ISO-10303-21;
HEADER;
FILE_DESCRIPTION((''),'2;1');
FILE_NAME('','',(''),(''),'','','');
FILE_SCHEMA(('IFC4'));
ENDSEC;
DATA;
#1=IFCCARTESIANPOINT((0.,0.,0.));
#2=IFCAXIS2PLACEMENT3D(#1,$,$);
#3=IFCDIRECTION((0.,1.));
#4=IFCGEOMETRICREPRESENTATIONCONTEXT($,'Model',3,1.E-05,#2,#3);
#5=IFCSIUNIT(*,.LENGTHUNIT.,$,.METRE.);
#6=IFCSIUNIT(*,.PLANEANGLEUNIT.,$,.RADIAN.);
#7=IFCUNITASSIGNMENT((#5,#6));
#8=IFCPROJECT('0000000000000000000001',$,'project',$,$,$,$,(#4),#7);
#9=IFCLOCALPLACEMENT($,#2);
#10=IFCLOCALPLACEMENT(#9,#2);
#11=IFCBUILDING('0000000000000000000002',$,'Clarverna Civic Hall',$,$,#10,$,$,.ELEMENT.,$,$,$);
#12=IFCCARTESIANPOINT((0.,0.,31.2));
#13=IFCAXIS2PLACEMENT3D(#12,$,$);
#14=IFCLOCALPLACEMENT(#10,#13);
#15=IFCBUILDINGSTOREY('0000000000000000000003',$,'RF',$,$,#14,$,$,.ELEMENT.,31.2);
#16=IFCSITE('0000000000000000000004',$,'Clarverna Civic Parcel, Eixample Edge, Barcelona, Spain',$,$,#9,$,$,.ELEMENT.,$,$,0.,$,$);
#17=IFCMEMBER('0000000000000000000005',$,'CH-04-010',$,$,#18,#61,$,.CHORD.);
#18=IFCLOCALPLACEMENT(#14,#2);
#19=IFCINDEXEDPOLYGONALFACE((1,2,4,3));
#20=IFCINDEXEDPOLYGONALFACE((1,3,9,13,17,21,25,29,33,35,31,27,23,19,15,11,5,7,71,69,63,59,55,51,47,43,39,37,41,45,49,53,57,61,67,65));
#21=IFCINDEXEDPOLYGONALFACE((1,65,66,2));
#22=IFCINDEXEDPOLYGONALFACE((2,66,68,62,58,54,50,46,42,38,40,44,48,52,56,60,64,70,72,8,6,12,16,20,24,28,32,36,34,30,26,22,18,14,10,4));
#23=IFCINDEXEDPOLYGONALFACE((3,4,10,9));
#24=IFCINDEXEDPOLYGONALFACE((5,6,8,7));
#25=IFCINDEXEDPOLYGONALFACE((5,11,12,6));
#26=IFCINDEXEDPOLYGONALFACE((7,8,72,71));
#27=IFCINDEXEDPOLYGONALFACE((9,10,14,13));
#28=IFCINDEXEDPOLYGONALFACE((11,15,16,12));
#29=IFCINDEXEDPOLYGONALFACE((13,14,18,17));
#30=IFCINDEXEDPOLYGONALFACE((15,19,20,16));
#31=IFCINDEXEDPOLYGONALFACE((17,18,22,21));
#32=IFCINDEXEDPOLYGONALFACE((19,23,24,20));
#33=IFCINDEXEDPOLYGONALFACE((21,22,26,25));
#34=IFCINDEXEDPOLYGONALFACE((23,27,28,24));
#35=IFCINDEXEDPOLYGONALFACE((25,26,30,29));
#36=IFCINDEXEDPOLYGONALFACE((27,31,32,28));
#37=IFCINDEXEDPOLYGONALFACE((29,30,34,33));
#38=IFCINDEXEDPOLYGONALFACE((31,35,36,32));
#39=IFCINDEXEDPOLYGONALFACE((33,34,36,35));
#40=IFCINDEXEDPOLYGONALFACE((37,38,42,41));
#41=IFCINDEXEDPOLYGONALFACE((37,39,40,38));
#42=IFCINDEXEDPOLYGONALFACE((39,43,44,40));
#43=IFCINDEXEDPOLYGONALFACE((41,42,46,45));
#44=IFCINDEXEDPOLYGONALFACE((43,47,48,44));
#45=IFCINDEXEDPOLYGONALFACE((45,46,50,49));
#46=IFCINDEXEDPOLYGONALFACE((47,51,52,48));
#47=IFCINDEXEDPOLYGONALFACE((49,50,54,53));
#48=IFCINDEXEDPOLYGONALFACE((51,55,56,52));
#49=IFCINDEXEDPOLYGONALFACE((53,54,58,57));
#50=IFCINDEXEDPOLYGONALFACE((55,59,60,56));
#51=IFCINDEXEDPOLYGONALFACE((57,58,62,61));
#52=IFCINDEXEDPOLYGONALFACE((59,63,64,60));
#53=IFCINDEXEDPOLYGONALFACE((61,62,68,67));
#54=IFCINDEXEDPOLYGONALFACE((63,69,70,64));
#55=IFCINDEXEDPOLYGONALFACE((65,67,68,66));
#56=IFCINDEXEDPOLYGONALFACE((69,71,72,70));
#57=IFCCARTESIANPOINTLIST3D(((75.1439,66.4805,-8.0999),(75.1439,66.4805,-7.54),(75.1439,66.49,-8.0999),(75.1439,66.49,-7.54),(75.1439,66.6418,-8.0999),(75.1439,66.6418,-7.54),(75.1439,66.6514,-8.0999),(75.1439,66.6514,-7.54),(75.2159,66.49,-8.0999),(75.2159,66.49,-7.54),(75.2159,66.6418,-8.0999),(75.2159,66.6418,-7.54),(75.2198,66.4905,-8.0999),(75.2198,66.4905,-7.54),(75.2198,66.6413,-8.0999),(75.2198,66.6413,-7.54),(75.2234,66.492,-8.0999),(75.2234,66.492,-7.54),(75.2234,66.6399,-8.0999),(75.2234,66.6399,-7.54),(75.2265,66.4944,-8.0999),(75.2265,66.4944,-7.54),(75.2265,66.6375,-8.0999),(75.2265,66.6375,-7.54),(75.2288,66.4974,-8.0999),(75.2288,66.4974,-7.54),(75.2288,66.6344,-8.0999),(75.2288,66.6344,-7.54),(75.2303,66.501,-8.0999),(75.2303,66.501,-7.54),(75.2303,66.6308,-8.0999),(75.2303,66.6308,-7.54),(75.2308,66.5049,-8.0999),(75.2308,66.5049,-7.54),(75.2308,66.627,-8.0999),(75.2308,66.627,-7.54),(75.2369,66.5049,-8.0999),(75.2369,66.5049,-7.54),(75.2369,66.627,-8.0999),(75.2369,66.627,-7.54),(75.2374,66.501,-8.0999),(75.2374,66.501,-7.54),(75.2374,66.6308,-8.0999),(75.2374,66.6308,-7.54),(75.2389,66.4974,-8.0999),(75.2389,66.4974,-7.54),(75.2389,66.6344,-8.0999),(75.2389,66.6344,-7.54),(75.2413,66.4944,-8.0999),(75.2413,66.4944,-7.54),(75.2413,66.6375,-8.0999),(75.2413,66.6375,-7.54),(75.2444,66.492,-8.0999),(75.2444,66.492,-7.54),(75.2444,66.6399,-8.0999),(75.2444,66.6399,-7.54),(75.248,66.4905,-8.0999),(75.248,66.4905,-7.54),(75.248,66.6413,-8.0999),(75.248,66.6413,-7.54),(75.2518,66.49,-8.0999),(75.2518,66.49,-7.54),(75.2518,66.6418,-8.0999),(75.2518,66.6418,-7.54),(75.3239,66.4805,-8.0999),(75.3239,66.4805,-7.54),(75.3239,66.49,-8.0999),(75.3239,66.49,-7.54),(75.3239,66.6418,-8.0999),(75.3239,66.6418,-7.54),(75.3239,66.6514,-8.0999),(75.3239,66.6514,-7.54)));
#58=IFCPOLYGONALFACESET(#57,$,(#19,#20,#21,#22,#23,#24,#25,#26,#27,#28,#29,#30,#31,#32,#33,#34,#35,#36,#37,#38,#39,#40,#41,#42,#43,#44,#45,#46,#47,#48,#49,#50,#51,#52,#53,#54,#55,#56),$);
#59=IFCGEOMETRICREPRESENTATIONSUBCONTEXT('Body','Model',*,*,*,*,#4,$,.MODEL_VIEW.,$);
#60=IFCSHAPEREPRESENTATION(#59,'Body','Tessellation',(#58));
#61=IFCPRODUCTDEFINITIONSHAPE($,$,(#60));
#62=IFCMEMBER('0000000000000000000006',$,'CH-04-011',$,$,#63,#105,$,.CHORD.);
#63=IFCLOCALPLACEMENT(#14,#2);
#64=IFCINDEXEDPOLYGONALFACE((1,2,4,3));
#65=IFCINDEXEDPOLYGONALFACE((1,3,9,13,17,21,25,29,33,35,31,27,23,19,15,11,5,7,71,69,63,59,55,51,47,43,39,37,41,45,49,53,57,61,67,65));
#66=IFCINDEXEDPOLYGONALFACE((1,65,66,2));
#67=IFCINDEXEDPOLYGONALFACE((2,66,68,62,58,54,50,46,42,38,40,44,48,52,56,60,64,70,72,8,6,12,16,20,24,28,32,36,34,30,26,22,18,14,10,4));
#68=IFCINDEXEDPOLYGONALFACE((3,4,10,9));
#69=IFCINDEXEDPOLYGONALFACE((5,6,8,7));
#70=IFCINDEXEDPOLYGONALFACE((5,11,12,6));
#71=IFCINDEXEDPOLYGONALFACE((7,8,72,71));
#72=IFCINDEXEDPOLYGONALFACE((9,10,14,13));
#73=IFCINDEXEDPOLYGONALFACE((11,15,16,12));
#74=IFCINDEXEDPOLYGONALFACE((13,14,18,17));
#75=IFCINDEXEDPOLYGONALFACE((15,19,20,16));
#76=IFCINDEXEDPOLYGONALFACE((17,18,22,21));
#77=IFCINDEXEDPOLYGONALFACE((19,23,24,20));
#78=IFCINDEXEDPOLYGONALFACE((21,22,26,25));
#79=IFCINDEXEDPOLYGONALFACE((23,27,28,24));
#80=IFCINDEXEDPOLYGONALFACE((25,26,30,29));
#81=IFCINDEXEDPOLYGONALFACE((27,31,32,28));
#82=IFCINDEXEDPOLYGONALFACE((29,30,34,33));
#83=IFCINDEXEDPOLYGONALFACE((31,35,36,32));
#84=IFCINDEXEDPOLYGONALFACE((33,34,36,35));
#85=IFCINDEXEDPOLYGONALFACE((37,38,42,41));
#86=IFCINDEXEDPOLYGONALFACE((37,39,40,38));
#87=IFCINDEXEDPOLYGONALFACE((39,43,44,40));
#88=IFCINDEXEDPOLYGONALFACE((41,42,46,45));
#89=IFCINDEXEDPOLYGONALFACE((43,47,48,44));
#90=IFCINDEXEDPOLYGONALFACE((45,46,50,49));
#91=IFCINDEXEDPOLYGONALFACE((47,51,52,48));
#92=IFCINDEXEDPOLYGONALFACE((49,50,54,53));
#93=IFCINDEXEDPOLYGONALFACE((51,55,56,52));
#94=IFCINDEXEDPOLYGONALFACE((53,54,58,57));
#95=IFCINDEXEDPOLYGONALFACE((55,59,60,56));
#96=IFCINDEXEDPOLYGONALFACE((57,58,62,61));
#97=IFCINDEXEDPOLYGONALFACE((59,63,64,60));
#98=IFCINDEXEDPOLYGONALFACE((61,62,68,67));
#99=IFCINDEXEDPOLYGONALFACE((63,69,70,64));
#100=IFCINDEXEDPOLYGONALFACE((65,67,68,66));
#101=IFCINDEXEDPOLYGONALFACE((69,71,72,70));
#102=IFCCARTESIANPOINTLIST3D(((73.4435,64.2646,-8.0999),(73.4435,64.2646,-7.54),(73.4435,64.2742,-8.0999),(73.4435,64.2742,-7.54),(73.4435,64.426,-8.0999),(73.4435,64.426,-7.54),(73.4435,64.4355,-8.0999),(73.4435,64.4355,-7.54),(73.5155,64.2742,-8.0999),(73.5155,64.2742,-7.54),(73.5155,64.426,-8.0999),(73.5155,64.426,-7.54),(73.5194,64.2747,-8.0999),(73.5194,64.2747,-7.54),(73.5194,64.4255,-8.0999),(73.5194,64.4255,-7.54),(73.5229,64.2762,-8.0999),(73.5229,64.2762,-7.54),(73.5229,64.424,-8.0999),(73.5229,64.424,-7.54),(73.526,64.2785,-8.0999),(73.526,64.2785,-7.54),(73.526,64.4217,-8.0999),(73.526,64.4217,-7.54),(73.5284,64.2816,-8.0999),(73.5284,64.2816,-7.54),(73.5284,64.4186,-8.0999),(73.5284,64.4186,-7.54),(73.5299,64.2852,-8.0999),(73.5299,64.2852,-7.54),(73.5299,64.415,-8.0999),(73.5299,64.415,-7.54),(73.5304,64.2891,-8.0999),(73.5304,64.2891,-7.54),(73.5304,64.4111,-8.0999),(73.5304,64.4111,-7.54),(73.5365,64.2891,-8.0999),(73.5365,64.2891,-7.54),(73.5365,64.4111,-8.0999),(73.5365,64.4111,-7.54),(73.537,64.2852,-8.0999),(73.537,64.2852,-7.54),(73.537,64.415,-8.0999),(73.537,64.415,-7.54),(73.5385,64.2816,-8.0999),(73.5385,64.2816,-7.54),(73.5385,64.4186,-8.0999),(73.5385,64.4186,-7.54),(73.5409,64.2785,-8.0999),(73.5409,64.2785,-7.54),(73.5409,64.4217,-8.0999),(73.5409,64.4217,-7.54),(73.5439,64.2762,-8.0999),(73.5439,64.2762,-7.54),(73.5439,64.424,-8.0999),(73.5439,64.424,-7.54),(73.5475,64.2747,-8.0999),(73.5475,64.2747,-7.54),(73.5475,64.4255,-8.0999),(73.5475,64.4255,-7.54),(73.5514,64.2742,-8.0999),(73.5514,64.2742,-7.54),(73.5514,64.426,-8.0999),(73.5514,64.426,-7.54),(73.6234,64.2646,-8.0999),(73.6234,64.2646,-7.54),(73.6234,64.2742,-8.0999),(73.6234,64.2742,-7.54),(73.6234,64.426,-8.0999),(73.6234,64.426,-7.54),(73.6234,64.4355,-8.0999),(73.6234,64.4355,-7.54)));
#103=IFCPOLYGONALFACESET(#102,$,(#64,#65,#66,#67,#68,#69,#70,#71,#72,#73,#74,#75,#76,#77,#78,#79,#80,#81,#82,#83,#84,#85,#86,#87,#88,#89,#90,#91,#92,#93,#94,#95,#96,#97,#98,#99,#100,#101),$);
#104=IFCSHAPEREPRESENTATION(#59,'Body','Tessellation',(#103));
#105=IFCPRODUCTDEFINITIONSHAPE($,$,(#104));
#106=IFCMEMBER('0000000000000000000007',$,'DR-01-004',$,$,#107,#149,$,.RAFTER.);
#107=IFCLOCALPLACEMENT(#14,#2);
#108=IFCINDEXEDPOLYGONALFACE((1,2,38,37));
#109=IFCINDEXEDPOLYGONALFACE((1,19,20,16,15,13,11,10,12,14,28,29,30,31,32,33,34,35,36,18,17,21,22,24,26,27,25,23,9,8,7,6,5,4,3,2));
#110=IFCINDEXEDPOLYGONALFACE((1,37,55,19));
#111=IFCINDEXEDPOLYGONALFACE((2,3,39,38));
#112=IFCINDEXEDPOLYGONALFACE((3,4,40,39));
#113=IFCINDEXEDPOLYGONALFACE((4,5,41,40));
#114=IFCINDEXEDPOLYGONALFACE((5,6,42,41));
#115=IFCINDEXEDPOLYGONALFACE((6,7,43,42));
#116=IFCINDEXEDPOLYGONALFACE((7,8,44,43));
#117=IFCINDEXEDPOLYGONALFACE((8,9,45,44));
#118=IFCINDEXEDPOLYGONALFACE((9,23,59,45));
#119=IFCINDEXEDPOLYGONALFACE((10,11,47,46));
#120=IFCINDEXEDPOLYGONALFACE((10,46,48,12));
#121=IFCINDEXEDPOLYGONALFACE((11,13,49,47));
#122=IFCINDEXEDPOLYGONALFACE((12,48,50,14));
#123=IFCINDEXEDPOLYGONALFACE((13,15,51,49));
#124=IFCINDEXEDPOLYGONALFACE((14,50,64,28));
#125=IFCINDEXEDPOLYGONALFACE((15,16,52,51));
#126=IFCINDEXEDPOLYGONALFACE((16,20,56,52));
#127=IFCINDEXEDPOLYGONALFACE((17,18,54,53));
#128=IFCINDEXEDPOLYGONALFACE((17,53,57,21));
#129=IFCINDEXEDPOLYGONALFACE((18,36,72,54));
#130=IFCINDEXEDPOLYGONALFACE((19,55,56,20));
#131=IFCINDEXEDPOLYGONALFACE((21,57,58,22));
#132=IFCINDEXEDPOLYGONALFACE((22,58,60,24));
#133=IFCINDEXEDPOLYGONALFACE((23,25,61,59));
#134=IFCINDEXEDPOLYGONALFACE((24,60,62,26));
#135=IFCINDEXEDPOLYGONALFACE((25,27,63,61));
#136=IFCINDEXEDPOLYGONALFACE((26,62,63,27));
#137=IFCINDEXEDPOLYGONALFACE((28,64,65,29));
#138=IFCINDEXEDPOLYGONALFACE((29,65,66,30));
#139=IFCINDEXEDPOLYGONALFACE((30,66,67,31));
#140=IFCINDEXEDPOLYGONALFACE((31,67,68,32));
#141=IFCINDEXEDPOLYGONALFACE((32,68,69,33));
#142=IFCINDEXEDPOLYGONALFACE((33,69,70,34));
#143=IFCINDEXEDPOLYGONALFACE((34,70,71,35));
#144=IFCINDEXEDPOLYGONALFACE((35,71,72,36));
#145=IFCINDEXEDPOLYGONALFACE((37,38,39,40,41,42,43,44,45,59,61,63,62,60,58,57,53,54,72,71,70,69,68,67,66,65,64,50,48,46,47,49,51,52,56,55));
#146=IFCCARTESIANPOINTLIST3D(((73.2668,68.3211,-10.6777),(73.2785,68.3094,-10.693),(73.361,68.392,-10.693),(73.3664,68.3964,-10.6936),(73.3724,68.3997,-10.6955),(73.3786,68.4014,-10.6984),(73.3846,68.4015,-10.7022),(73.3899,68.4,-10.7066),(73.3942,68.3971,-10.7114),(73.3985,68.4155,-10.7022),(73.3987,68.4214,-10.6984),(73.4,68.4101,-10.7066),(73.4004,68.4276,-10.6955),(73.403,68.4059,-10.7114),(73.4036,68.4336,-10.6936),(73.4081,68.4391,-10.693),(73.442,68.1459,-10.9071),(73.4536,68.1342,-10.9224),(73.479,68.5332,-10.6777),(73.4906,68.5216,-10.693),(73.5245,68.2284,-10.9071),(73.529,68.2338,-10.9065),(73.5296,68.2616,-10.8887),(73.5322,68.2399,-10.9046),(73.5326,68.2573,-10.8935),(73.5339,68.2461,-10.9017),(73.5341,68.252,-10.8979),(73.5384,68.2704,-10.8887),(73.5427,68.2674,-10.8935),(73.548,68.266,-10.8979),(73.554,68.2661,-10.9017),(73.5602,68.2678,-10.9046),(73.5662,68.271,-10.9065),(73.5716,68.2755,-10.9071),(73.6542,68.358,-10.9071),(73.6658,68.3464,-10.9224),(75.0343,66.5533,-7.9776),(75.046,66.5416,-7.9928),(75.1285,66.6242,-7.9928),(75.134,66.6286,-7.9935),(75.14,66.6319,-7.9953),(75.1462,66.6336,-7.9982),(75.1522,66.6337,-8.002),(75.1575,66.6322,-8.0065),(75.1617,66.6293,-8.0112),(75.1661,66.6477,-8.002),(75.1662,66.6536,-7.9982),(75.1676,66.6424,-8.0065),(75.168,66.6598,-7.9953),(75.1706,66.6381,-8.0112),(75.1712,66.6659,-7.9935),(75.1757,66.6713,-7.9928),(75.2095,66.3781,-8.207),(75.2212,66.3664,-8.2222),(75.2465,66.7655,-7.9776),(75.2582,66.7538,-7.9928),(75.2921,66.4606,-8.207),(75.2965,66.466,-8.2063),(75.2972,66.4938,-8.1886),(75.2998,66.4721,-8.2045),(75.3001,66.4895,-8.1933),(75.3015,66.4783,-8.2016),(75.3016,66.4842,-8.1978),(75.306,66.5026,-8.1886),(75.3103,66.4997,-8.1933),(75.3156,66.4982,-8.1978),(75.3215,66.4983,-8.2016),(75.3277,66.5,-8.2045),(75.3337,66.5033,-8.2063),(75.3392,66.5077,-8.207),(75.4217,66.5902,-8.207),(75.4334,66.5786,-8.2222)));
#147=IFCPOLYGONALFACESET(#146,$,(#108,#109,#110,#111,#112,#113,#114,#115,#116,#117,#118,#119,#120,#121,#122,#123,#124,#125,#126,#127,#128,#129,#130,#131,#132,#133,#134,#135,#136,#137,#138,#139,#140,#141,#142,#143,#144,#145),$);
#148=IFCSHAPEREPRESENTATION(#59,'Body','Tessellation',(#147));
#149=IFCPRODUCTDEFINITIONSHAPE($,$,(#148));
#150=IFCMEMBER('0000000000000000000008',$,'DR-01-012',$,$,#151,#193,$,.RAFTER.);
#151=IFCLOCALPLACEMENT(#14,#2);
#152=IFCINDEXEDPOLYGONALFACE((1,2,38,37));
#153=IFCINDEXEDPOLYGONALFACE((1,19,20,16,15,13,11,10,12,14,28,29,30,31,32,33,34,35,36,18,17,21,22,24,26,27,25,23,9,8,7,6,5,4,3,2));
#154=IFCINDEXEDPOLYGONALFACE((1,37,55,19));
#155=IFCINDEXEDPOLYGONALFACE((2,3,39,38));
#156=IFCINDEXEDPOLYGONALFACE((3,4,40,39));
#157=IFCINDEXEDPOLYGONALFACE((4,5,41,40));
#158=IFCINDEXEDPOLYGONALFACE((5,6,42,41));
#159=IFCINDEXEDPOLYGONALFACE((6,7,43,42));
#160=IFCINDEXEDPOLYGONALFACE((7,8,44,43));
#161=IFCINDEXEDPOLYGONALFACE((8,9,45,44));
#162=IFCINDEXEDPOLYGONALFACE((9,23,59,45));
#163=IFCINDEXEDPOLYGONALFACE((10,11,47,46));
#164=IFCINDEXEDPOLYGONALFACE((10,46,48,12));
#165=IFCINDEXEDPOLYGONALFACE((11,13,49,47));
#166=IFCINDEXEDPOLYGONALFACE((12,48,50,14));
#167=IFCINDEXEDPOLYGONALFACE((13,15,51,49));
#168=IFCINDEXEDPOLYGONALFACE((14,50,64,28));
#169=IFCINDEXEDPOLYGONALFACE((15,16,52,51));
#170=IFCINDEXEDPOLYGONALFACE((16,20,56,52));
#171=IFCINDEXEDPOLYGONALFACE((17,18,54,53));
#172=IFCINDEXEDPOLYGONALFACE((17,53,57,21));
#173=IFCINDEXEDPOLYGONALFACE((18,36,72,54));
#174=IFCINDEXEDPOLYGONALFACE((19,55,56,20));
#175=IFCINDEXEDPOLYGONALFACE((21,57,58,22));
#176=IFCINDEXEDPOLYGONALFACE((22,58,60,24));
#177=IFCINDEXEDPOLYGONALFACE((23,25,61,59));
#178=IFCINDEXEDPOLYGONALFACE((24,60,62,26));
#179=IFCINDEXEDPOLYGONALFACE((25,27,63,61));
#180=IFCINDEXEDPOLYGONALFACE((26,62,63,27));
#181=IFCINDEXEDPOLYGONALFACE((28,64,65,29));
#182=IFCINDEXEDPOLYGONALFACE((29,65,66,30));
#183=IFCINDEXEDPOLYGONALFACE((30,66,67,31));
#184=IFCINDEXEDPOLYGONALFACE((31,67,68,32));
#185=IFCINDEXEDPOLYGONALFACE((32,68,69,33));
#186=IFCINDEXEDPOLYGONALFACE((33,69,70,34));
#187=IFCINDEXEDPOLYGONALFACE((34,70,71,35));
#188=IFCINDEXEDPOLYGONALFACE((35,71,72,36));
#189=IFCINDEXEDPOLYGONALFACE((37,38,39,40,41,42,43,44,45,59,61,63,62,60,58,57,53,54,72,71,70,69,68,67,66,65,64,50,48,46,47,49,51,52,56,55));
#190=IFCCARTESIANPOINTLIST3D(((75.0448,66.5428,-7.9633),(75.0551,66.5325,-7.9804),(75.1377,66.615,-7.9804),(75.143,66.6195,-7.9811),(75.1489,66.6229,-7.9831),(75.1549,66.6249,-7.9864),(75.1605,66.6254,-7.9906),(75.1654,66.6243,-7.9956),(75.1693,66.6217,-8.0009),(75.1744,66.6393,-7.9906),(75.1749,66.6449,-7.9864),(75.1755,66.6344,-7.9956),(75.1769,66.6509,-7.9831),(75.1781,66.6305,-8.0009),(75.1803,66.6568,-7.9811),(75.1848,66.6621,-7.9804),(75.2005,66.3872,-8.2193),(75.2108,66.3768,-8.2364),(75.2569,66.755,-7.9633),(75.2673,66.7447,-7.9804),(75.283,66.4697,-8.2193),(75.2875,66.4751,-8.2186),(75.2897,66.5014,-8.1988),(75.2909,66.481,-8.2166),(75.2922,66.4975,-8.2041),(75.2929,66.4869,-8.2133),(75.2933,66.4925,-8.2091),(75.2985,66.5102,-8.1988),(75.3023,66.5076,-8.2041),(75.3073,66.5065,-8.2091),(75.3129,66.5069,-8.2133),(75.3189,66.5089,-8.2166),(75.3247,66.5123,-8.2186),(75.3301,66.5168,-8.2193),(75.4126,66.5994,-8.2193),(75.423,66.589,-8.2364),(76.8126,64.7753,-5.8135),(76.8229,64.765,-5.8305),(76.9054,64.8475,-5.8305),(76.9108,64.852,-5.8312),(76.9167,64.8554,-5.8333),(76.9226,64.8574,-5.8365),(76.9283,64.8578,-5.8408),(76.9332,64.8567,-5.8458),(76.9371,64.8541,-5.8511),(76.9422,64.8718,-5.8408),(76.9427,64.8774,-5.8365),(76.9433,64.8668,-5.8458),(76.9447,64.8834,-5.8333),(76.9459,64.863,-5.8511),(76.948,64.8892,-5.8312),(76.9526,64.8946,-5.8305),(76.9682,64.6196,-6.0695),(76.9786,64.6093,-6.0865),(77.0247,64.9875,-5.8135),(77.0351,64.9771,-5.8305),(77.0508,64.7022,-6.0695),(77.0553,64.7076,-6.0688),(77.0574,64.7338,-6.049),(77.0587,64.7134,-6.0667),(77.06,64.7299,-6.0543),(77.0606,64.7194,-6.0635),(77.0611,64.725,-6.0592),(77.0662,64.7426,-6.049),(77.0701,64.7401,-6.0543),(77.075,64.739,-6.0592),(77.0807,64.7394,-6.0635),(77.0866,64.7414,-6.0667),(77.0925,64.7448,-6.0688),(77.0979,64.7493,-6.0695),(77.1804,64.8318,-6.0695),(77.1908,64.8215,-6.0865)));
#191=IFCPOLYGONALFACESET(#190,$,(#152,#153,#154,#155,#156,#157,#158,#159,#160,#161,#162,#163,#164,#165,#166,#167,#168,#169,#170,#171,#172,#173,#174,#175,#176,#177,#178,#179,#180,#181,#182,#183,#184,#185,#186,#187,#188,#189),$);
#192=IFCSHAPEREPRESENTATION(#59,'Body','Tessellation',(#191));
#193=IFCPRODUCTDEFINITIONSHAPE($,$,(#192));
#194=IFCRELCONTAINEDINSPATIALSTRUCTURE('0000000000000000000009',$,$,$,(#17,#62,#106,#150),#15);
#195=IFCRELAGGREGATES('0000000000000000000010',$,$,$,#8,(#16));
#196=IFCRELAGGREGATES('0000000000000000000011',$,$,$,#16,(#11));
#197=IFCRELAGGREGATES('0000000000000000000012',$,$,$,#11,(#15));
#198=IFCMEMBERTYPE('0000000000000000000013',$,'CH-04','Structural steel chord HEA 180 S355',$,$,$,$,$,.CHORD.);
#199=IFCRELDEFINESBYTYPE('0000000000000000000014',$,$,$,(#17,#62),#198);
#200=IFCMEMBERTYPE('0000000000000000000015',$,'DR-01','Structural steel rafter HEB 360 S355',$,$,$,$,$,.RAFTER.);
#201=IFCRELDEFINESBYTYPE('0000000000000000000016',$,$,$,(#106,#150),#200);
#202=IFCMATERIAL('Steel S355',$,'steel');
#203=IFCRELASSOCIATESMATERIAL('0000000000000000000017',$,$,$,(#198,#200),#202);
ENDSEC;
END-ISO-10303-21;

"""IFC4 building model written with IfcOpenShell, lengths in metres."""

from ifc_helpers import new_model, si_unit, direction, frame, origin, origin_2d, place, context, subcontext, project, spatial, i_section, extrude, material, material_profile, profile_set, type_object, element, save


model = new_model("IFC4")

# Units and contexts
model_context = context("Model", 3, precision=1e-05, world=origin(), true_north=direction((0.0, 1.0)))
body_context = subcontext(model_context, "Body", "Model", "MODEL_VIEW")
ifc_project = project(units=[si_unit("LENGTHUNIT", "METRE"), si_unit("PLANEANGLEUNIT", "RADIAN")], contexts=[model_context])

# Site, building, storey
site_placement = place(None, origin())
site = spatial("IfcSite", under=ifc_project, at=site_placement, Name="Clarverna Civic Parcel, Eixample Edge, Barcelona, Spain", CompositionType="ELEMENT", RefElevation=0.0)
building_placement = place(site_placement, origin())
building = spatial("IfcBuilding", under=site, at=building_placement, Name="Clarverna Civic Hall", CompositionType="ELEMENT")
storey_placement = place(building_placement, frame((0.0, 0.0, 31.2)))
storey = spatial("IfcBuildingStorey", under=building, at=storey_placement, Name="RF", CompositionType="ELEMENT", Elevation=31.2)

# Members
ifc_material_1 = material(Name="Steel S355", Category="steel")
ifc_material_profile_1 = material_profile(ifc_material_1, i_section(OverallWidth=0.1799, OverallDepth=0.1709, WebThickness=0.0061, FlangeThickness=0.0095, FilletRadius=0.0149, at=origin_2d()), Name="HEA 180")
ifc_profile_set_1 = profile_set([ifc_material_profile_1], Name="Steel S355")
member_type_1 = type_object("IfcMemberType", Name="CH-04", Description="Structural steel chord HEA 180 S355", PredefinedType="CHORD", material=ifc_profile_set_1)
for number, where, z_axis, x_axis, name in (
    (1, (75.2339, 66.5659, -8.0999), (0.0, 0.0, 1.0), (1.0, 0.0, 0.0), "CH-04-010"),
    (2, (73.5334, 64.3501, -8.0999), (0.0, 0.0, 1.0), (1.0, 0.0, 0.0), "CH-04-011"),
):
    element("IfcMember", number, at=place(storey_placement, frame(where, z_axis=z_axis, x_axis=x_axis)), inside=storey, type_object=member_type_1, Name=name, PredefinedType="CHORD", context=body_context, shape_type="SweptSolid", body=[
        extrude(i_section(OverallWidth=0.1799, OverallDepth=0.1709, WebThickness=0.0061, FlangeThickness=0.0095, FilletRadius=0.0149, at=origin_2d()), origin(), (0.0, 0.0, 1.0), 0.5598),
    ])
ifc_material_profile_2 = material_profile(ifc_material_1, i_section(OverallWidth=0.3, OverallDepth=0.3601, WebThickness=0.0125, FlangeThickness=0.0225, FilletRadius=0.0271, at=origin_2d()), Name="HEB 360")
ifc_profile_set_2 = profile_set([ifc_material_profile_2], Name="Steel S355")
member_type_2 = type_object("IfcMemberType", Name="DR-01", Description="Structural steel rafter HEB 360 S355", PredefinedType="RAFTER", material=ifc_profile_set_2)
member_1_placement = place(storey_placement, frame((73.4663, 68.3337, -10.8), z_axis=(0.480352, -0.480419, 0.733798), x_axis=(0.707156, 0.707058, 0.0)))
element("IfcMember", 3, at=member_1_placement, inside=storey, type_object=member_type_2, Name="DR-01-004", PredefinedType="RAFTER", context=body_context, shape_type="SweptSolid", body=[
    extrude(i_section(OverallWidth=0.3, OverallDepth=0.3601, WebThickness=0.0125, FlangeThickness=0.0225, FilletRadius=0.0271, at=origin_2d()), origin(), (0.0, 0.0, 1.0), 3.6797),
])
member_2_placement = place(storey_placement, frame((75.2339, 66.5659, -8.0999), z_axis=(0.536157, -0.536083, 0.652036), x_axis=(0.707058, 0.707156, 0.0)))
element("IfcMember", 4, at=member_2_placement, inside=storey, type_object=member_type_2, Name="DR-01-012", PredefinedType="RAFTER", context=body_context, shape_type="SweptSolid", body=[
    extrude(i_section(OverallWidth=0.3, OverallDepth=0.3601, WebThickness=0.0125, FlangeThickness=0.0225, FilletRadius=0.0271, at=origin_2d()), origin(), (0.0, 0.0, 1.0), 3.2971),
])

save(model, "model.ifc")
